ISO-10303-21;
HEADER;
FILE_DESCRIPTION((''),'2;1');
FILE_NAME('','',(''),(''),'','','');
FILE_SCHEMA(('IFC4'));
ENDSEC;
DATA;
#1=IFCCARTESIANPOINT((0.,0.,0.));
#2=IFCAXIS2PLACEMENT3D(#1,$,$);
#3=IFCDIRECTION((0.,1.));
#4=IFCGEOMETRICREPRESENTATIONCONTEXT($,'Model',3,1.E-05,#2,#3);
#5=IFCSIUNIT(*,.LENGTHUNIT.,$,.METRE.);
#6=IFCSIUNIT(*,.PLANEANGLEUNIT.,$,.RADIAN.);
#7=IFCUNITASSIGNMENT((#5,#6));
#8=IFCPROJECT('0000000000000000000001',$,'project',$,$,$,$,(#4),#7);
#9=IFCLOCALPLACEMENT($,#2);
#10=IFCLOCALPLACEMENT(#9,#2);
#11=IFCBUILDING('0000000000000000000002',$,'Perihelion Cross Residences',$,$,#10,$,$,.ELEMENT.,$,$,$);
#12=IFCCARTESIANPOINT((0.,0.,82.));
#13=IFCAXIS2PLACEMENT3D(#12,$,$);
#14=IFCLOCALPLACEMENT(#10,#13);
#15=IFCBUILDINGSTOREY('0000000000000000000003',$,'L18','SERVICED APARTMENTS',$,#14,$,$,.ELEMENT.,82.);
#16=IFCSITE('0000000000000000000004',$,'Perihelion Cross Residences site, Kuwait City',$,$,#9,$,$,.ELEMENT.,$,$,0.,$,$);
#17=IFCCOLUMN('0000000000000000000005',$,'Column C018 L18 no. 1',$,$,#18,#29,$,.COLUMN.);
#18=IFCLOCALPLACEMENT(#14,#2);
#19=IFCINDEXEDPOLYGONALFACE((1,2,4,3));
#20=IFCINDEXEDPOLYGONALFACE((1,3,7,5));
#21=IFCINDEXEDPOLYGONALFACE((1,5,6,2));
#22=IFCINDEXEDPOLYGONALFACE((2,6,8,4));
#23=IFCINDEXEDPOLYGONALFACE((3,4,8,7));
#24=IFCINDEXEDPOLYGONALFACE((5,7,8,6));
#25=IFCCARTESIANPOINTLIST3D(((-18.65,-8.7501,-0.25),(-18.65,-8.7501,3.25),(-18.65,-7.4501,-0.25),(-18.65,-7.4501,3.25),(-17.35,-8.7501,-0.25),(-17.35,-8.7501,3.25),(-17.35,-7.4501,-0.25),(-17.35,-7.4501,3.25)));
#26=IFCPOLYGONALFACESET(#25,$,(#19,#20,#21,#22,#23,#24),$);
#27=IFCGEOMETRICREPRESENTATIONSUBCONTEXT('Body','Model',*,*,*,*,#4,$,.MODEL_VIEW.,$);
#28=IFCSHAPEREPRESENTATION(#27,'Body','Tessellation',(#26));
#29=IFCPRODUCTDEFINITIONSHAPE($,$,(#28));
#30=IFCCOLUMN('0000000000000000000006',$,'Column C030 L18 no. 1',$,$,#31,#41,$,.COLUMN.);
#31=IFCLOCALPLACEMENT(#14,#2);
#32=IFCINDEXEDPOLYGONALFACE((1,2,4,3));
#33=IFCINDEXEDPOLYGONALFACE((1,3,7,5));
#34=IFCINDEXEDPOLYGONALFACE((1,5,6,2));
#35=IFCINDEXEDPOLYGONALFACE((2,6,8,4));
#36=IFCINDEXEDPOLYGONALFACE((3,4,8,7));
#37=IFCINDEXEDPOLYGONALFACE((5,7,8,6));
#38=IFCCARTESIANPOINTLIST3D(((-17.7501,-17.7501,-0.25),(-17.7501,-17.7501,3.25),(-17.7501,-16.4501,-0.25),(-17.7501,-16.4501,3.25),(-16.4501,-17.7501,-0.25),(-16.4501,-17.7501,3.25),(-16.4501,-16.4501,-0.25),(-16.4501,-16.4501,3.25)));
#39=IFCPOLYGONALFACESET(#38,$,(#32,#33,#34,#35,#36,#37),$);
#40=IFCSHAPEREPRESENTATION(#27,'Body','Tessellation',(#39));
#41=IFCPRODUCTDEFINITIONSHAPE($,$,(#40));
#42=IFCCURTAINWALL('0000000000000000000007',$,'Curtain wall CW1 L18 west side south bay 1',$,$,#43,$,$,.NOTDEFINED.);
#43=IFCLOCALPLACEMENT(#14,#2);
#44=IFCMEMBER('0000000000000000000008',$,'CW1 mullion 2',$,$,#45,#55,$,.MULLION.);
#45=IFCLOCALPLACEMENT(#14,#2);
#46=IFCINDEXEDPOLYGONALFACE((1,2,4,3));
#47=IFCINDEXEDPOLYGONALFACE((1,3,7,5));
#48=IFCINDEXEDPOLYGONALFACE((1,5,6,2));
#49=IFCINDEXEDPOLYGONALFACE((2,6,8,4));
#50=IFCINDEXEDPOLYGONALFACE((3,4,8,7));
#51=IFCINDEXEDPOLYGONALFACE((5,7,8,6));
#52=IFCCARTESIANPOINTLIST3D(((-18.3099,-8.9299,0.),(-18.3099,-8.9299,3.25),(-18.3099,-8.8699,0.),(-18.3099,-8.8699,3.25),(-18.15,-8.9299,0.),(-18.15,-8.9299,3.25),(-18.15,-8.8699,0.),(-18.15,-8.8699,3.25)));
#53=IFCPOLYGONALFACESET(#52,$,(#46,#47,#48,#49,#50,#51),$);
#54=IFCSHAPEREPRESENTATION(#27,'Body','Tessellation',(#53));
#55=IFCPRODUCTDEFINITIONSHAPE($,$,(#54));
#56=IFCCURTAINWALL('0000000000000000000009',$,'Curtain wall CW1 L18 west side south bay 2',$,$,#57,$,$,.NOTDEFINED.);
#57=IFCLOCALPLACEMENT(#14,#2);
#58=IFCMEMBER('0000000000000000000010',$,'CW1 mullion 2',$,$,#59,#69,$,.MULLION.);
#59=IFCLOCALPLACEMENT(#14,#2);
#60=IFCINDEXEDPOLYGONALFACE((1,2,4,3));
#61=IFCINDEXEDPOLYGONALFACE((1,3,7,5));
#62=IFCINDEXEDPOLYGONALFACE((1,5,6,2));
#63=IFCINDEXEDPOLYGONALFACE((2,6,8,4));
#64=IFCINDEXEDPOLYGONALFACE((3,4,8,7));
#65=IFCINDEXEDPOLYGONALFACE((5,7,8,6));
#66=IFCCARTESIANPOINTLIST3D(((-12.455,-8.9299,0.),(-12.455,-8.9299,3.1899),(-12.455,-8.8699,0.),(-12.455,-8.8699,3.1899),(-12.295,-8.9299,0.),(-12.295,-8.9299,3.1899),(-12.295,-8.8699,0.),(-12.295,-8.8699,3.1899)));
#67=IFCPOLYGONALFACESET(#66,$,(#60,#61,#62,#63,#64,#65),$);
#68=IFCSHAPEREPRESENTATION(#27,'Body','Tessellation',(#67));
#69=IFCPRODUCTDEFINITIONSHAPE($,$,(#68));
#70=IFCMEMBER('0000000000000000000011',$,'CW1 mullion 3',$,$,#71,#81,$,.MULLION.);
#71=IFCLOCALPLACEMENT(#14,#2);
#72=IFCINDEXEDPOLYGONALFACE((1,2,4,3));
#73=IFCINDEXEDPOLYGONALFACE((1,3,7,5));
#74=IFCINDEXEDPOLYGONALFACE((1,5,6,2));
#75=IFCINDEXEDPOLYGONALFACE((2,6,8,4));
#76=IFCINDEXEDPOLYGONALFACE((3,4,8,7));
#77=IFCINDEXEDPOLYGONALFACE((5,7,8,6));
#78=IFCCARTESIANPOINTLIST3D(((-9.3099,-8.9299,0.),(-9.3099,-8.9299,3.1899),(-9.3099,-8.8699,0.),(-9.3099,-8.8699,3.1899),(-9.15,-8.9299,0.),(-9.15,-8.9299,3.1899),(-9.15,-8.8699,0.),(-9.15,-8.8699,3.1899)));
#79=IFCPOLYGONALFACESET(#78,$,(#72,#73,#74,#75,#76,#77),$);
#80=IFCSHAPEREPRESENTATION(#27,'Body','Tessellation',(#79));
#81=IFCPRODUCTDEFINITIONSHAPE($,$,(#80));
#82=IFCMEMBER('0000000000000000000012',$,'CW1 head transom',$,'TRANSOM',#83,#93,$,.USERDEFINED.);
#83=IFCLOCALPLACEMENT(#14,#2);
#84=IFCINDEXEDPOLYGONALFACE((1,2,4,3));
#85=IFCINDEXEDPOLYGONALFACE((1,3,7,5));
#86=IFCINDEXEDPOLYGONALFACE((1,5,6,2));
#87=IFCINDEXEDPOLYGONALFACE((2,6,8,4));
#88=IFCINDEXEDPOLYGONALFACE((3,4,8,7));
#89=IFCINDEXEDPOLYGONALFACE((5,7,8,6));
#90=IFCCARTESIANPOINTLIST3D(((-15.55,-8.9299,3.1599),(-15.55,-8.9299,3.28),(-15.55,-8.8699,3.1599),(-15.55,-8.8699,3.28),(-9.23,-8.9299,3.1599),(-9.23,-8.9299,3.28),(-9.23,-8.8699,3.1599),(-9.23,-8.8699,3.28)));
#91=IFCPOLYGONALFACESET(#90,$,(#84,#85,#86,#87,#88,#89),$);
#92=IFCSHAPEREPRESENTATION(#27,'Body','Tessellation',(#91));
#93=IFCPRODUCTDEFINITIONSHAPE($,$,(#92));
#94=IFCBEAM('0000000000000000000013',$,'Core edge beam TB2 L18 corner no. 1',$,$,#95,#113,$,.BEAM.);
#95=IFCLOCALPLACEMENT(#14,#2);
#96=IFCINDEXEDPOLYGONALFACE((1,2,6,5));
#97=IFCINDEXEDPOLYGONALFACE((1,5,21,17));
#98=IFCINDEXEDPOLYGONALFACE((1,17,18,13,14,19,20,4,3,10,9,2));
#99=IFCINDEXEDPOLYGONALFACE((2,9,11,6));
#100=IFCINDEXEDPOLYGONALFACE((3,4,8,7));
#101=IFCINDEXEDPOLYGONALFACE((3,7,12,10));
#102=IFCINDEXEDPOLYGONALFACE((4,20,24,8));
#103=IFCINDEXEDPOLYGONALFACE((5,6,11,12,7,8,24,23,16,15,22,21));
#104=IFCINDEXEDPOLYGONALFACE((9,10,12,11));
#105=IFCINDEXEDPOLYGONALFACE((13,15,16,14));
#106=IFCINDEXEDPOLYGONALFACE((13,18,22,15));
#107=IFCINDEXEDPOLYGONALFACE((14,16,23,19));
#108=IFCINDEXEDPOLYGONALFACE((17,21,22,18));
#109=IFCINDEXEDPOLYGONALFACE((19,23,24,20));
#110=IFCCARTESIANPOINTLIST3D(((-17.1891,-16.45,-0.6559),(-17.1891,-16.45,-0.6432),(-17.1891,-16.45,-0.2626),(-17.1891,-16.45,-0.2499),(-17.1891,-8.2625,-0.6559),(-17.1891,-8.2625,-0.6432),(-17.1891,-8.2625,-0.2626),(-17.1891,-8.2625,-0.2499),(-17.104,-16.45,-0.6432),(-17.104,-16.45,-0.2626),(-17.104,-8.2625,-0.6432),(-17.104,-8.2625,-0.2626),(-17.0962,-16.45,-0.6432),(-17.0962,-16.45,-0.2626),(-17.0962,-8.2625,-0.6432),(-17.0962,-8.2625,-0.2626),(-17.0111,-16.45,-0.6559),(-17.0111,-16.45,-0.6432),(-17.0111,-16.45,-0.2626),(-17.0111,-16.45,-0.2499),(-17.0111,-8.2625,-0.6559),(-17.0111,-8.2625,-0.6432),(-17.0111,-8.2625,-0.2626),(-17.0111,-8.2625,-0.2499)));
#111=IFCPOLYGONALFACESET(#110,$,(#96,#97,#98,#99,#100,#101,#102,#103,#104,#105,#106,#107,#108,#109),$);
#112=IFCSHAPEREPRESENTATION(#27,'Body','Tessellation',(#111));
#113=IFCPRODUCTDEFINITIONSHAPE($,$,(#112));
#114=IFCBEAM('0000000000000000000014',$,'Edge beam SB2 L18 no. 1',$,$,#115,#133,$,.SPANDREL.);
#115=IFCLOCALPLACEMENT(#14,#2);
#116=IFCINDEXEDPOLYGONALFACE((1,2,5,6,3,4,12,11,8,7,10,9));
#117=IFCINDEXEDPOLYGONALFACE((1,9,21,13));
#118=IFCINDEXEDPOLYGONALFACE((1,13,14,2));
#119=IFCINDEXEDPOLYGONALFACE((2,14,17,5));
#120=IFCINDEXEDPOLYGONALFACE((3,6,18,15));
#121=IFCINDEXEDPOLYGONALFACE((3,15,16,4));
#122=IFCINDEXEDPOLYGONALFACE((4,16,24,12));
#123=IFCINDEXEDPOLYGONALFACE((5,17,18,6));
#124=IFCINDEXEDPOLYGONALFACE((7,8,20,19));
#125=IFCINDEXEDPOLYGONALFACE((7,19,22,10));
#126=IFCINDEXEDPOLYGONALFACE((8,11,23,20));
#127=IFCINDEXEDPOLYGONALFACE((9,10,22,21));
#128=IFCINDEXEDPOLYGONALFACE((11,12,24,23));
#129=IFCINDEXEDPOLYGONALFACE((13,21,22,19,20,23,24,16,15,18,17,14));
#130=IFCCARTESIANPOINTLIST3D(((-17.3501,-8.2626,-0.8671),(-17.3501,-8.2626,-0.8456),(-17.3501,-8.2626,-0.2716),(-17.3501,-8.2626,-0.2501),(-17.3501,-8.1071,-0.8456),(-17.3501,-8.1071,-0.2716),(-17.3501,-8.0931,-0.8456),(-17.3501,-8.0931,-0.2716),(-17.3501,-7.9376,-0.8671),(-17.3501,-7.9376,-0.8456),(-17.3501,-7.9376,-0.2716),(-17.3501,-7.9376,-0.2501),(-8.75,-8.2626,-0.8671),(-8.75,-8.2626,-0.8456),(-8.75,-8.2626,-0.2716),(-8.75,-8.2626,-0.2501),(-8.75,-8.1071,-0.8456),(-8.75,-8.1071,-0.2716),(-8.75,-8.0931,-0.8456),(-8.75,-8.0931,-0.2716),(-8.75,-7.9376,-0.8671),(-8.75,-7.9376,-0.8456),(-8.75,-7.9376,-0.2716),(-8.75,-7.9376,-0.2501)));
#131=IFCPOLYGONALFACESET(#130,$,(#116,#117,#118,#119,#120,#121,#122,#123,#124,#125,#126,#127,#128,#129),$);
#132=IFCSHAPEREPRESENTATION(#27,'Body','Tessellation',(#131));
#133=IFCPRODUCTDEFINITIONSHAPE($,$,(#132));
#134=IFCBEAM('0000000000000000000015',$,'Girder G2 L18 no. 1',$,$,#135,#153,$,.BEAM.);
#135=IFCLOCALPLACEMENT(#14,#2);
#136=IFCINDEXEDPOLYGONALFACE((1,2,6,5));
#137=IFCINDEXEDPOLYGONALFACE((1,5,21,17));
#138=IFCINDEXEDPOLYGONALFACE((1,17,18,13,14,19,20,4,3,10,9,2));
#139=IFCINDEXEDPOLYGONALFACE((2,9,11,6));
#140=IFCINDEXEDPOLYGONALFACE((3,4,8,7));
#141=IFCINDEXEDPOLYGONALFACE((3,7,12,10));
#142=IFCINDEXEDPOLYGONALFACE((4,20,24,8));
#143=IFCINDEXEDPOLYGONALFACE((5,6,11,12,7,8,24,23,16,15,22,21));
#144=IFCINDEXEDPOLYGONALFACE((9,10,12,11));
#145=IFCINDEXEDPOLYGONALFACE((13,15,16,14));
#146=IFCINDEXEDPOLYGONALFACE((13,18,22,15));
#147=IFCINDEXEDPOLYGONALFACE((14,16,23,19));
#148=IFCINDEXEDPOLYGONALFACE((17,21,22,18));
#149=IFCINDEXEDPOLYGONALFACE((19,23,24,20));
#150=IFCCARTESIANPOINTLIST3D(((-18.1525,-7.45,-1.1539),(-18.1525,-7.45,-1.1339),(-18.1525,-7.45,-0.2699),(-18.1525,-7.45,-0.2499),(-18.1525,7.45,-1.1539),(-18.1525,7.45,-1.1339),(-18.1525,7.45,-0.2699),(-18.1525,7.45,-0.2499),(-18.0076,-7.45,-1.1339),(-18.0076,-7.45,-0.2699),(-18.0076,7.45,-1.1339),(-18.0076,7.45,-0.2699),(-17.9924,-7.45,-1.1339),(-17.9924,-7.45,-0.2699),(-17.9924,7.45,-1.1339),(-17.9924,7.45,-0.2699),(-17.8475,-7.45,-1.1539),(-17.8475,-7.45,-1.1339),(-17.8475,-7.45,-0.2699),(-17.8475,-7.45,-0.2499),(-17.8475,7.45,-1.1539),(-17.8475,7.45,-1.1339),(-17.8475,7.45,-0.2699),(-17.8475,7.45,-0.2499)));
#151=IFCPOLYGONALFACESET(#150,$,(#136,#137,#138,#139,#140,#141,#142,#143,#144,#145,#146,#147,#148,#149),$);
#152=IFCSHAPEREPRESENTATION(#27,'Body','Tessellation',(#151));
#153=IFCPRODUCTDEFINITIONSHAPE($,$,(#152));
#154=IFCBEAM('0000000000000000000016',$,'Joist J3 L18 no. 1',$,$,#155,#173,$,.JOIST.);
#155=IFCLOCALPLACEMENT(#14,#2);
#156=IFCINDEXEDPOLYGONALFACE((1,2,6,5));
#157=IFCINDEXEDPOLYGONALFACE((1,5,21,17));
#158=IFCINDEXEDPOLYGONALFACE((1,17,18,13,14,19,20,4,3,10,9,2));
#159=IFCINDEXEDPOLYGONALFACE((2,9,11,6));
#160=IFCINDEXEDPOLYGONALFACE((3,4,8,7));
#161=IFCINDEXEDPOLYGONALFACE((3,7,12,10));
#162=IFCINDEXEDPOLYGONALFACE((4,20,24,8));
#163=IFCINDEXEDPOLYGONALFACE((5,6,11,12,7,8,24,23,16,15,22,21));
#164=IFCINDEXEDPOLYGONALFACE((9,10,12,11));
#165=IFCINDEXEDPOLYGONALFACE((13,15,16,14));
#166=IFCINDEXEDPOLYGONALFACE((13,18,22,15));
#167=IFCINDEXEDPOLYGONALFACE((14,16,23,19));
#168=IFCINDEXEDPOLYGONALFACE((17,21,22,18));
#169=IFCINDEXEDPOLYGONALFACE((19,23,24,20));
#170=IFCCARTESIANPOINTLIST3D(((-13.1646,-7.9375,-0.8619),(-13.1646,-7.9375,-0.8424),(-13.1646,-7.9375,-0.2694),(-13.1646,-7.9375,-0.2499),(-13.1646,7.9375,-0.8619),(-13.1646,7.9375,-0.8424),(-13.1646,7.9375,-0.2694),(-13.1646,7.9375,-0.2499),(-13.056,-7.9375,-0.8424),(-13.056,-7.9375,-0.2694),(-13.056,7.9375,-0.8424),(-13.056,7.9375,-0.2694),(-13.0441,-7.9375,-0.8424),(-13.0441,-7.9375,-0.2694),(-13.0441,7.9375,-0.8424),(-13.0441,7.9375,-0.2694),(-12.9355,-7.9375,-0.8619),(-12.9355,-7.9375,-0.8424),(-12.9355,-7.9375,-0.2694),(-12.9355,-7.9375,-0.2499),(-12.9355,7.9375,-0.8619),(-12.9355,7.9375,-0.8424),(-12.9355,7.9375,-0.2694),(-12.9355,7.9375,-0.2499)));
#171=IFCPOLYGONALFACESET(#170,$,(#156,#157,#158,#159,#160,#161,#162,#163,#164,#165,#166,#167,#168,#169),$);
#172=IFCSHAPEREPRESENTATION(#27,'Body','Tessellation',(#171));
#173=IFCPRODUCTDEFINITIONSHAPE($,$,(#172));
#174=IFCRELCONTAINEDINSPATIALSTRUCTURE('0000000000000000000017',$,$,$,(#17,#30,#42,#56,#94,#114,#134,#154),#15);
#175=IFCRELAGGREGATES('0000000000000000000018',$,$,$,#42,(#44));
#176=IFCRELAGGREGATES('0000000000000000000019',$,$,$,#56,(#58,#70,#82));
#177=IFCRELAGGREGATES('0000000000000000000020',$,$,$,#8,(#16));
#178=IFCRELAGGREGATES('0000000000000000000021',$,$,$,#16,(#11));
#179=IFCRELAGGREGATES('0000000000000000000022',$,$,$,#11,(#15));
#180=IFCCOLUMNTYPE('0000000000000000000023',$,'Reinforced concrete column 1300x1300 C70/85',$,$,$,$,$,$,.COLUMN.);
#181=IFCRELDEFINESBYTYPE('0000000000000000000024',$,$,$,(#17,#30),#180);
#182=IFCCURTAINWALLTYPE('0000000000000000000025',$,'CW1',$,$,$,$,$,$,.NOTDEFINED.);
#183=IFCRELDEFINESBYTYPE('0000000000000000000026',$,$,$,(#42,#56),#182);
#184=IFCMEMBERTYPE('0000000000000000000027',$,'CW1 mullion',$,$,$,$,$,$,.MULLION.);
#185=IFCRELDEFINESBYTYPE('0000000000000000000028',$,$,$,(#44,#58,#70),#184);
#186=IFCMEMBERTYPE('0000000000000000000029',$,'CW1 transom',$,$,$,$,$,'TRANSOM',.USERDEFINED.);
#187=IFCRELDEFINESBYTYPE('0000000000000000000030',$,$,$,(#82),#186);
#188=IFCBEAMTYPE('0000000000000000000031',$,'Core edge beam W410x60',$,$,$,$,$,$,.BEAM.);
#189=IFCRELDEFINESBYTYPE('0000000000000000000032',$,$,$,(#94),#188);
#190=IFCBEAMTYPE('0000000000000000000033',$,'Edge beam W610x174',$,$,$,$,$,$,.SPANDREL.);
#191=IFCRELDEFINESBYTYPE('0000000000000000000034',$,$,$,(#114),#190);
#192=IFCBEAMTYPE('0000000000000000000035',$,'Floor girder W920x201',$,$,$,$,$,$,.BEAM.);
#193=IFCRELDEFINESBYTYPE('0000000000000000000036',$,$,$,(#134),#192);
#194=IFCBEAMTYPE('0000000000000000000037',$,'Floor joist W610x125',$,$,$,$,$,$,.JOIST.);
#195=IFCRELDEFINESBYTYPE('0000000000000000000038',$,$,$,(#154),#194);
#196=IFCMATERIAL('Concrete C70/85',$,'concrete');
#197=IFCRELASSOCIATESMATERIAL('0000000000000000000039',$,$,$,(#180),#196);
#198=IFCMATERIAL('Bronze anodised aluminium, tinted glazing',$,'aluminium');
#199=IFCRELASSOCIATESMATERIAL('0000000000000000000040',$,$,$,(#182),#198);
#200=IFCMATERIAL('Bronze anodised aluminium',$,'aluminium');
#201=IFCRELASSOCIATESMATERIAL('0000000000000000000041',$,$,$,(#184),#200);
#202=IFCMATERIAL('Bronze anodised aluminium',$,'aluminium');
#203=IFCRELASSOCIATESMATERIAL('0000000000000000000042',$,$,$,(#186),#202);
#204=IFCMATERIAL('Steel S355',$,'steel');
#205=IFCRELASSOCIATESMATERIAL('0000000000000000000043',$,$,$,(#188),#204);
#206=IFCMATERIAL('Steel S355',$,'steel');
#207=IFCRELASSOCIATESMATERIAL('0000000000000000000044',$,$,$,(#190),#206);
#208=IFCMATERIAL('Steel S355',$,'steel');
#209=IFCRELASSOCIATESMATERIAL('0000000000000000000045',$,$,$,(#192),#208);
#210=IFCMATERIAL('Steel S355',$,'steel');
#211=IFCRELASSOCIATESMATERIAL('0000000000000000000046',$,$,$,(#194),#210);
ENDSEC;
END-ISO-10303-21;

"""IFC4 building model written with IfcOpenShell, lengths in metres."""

from ifc_helpers import new_model, si_unit, direction, frame, origin, origin_2d, place, context, subcontext, project, spatial, rectangle, i_section, extrude, material, material_profile, profile_set, type_object, element, aggregate, save


model = new_model("IFC4")

# Units and contexts
model_context = context("Model", 3, precision=1e-05, world=origin(), true_north=direction((0.0, 1.0)))
body_context = subcontext(model_context, "Body", "Model", "MODEL_VIEW")
ifc_project = project(units=[si_unit("LENGTHUNIT", "METRE"), si_unit("PLANEANGLEUNIT", "RADIAN")], contexts=[model_context])

# Site, building, storey
site_placement = place(None, origin())
site = spatial("IfcSite", under=ifc_project, at=site_placement, Name="Perihelion Cross Residences site, Kuwait City", CompositionType="ELEMENT", RefElevation=0.0)
building_placement = place(site_placement, origin())
building = spatial("IfcBuilding", under=site, at=building_placement, Name="Perihelion Cross Residences", CompositionType="ELEMENT")
storey_placement = place(building_placement, frame((0.0, 0.0, 82.0)))
storey = spatial("IfcBuildingStorey", under=building, at=storey_placement, Name="L18", Description="SERVICED APARTMENTS", CompositionType="ELEMENT", Elevation=82.0)

# Columns
ifc_material_1 = material(Name="Concrete C70/85", Category="concrete")
ifc_material_profile_1 = material_profile(ifc_material_1, rectangle(XDim=1.3, YDim=1.3, at=origin_2d()), Name="RC 1300x1300")
ifc_profile_set_1 = profile_set([ifc_material_profile_1], Name="Concrete C70/85")
column_type = type_object("IfcColumnType", Name="Reinforced concrete column 1300x1300 C70/85", PredefinedType="COLUMN", material=ifc_profile_set_1)
for number, where, z_axis, x_axis, name in (
    (1, (-18.0, -8.1001, -0.25), (0.0, 0.0, 1.0), (1.0, 0.0, 0.0), "Column C018 L18 no. 1"),
    (2, (-17.1001, -17.1001, -0.25), (0.0, 0.0, 1.0), (1.0, 0.0, 0.0), "Column C030 L18 no. 1"),
):
    element("IfcColumn", number, at=place(storey_placement, frame(where, z_axis=z_axis, x_axis=x_axis)), inside=storey, type_object=column_type, Name=name, PredefinedType="COLUMN", context=body_context, shape_type="SweptSolid", body=[
        extrude(rectangle(XDim=1.3, YDim=1.3, at=origin_2d()), origin(), (0.0, 0.0, 1.0), 3.5),
    ])

# Curtain wall, member
ifc_material_2 = material(Name="Bronze anodised aluminium, tinted glazing", Category="aluminium")
curtain_wall_type = type_object("IfcCurtainWallType", Name="CW1", PredefinedType="NOTDEFINED", material=ifc_material_2)
curtain_wall_1_placement = place(storey_placement, origin())
curtain_wall_1 = element("IfcCurtainWall", 3, at=curtain_wall_1_placement, inside=storey, type_object=curtain_wall_type, Name="Curtain wall CW1 L18 west side south bay 1", PredefinedType="NOTDEFINED")
ifc_material_3 = material(Name="Bronze anodised aluminium", Category="aluminium")
ifc_material_profile_2 = material_profile(ifc_material_3, rectangle(XDim=0.0601, YDim=0.1599, at=origin_2d()), Name="CW1 mullion")
ifc_profile_set_2 = profile_set([ifc_material_profile_2], Name="Bronze anodised aluminium")
member_type_1 = type_object("IfcMemberType", Name="CW1 mullion", PredefinedType="MULLION", material=ifc_profile_set_2)
member_1_placement = place(storey_placement, frame((-18.23, -8.8999, 0.0), z_axis=(0.0, 0.0, 1.0), x_axis=(0.0, 1.0, 0.0)))
member_1 = element("IfcMember", 4, at=member_1_placement, type_object=member_type_1, Name="CW1 mullion 2", PredefinedType="MULLION", context=body_context, shape_type="SweptSolid", body=[
    extrude(rectangle(XDim=0.0601, YDim=0.1599, at=origin_2d()), origin(), (0.0, 0.0, 1.0), 3.25),
])

# Curtain wall, members
curtain_wall_2_placement = place(storey_placement, origin())
curtain_wall_2 = element("IfcCurtainWall", 5, at=curtain_wall_2_placement, inside=storey, type_object=curtain_wall_type, Name="Curtain wall CW1 L18 west side south bay 2", PredefinedType="NOTDEFINED")
member_2_placement = place(storey_placement, frame((-12.375, -8.8999, 0.0), z_axis=(0.0, 0.0, 1.0), x_axis=(0.0, 1.0, 0.0)))
member_2 = element("IfcMember", 6, at=member_2_placement, type_object=member_type_1, Name="CW1 mullion 2", PredefinedType="MULLION", context=body_context, shape_type="SweptSolid", body=[
    extrude(rectangle(XDim=0.0601, YDim=0.1599, at=origin_2d()), origin(), (0.0, 0.0, 1.0), 3.1899),
])
member_3_placement = place(storey_placement, frame((-9.23, -8.8999, 0.0), z_axis=(0.0, 0.0, 1.0), x_axis=(0.0, 1.0, 0.0)))
member_3 = element("IfcMember", 7, at=member_3_placement, type_object=member_type_1, Name="CW1 mullion 3", PredefinedType="MULLION", context=body_context, shape_type="SweptSolid", body=[
    extrude(rectangle(XDim=0.0601, YDim=0.1599, at=origin_2d()), origin(), (0.0, 0.0, 1.0), 3.1899),
])
ifc_material_4 = material(Name="Bronze anodised aluminium", Category="aluminium")
ifc_material_profile_3 = material_profile(ifc_material_4, rectangle(XDim=0.0601, YDim=0.1201, at=origin_2d()), Name="CW1 transom")
ifc_profile_set_3 = profile_set([ifc_material_profile_3], Name="Bronze anodised aluminium")
member_type_2 = type_object("IfcMemberType", Name="CW1 transom", ElementType="TRANSOM", PredefinedType="USERDEFINED", material=ifc_profile_set_3)
member_4_placement = place(storey_placement, frame((-15.55, -8.8999, 3.22), z_axis=(1.0, 0.0, 0.0), x_axis=(0.0, 1.0, 0.0)))
member_4 = element("IfcMember", 8, at=member_4_placement, type_object=member_type_2, Name="CW1 head transom", ObjectType="TRANSOM", PredefinedType="USERDEFINED", context=body_context, shape_type="SweptSolid", body=[
    extrude(rectangle(XDim=0.0601, YDim=0.1201, at=origin_2d()), origin(), (0.0, 0.0, 1.0), 6.3201),
])

# Beams
ifc_material_5 = material(Name="Steel S355", Category="steel")
ifc_material_profile_4 = material_profile(ifc_material_5, i_section(OverallWidth=0.178, OverallDepth=0.406, WebThickness=0.0078, FlangeThickness=0.0127, at=origin_2d()), Name="W410x60")
ifc_profile_set_4 = profile_set([ifc_material_profile_4], Name="Steel S355")
beam_type_1 = type_object("IfcBeamType", Name="Core edge beam W410x60", PredefinedType="BEAM", material=ifc_profile_set_4)
beam_1_placement = place(storey_placement, frame((-17.1001, -8.2625, -0.4529), z_axis=(0.0, -1.0, 0.0), x_axis=(1.0, 0.0, 0.0)))
element("IfcBeam", 9, at=beam_1_placement, inside=storey, type_object=beam_type_1, Name="Core edge beam TB2 L18 corner no. 1", PredefinedType="BEAM", context=body_context, shape_type="SweptSolid", body=[
    extrude(i_section(OverallWidth=0.178, OverallDepth=0.406, WebThickness=0.0078, FlangeThickness=0.0127, at=origin_2d()), origin(), (0.0, 0.0, 1.0), 8.1875),
])
ifc_material_6 = material(Name="Steel S355", Category="steel")
ifc_material_profile_5 = material_profile(ifc_material_6, i_section(OverallWidth=0.325, OverallDepth=0.6169, WebThickness=0.0139, FlangeThickness=0.0215, at=origin_2d()), Name="W610x174")
ifc_profile_set_5 = profile_set([ifc_material_profile_5], Name="Steel S355")
beam_type_2 = type_object("IfcBeamType", Name="Edge beam W610x174", PredefinedType="SPANDREL", material=ifc_profile_set_5)
beam_2_placement = place(storey_placement, frame((-17.3501, -8.1001, -0.5586), z_axis=(1.0, 0.0, 0.0), x_axis=(0.0, 1.0, 0.0)))
element("IfcBeam", 10, at=beam_2_placement, inside=storey, type_object=beam_type_2, Name="Edge beam SB2 L18 no. 1", PredefinedType="SPANDREL", context=body_context, shape_type="SweptSolid", body=[
    extrude(i_section(OverallWidth=0.325, OverallDepth=0.6169, WebThickness=0.0139, FlangeThickness=0.0215, at=origin_2d()), origin(), (0.0, 0.0, 1.0), 8.6001),
])
ifc_material_7 = material(Name="Steel S355", Category="steel")
ifc_material_profile_6 = material_profile(ifc_material_7, i_section(OverallWidth=0.3049, OverallDepth=0.9041, WebThickness=0.0151, FlangeThickness=0.02, at=origin_2d()), Name="W920x201")
ifc_profile_set_6 = profile_set([ifc_material_profile_6], Name="Steel S355")
beam_type_3 = type_object("IfcBeamType", Name="Floor girder W920x201", PredefinedType="BEAM", material=ifc_profile_set_6)
beam_3_placement = place(storey_placement, frame((-18.0, -7.45, -0.7019), z_axis=(0.0, 1.0, 0.0), x_axis=(-1.0, 0.0, 0.0)))
element("IfcBeam", 11, at=beam_3_placement, inside=storey, type_object=beam_type_3, Name="Girder G2 L18 no. 1", PredefinedType="BEAM", context=body_context, shape_type="SweptSolid", body=[
    extrude(i_section(OverallWidth=0.3049, OverallDepth=0.9041, WebThickness=0.0151, FlangeThickness=0.02, at=origin_2d()), origin(), (0.0, 0.0, 1.0), 14.8999),
])
ifc_material_8 = material(Name="Steel S355", Category="steel")
ifc_material_profile_7 = material_profile(ifc_material_8, i_section(OverallWidth=0.229, OverallDepth=0.6121, WebThickness=0.012, FlangeThickness=0.0195, at=origin_2d()), Name="W610x125")
ifc_profile_set_7 = profile_set([ifc_material_profile_7], Name="Steel S355")
beam_type_4 = type_object("IfcBeamType", Name="Floor joist W610x125", PredefinedType="JOIST", material=ifc_profile_set_7)
beam_4_placement = place(storey_placement, frame((-13.05, -7.9375, -0.5559), z_axis=(0.0, 1.0, 0.0), x_axis=(-1.0, 0.0, 0.0)))
element("IfcBeam", 12, at=beam_4_placement, inside=storey, type_object=beam_type_4, Name="Joist J3 L18 no. 1", PredefinedType="JOIST", context=body_context, shape_type="SweptSolid", body=[
    extrude(i_section(OverallWidth=0.229, OverallDepth=0.6121, WebThickness=0.012, FlangeThickness=0.0195, at=origin_2d()), origin(), (0.0, 0.0, 1.0), 15.875),
])

aggregate(curtain_wall_1, [member_1])
aggregate(curtain_wall_2, [member_2, member_3, member_4])

save(model, "model.ifc")
